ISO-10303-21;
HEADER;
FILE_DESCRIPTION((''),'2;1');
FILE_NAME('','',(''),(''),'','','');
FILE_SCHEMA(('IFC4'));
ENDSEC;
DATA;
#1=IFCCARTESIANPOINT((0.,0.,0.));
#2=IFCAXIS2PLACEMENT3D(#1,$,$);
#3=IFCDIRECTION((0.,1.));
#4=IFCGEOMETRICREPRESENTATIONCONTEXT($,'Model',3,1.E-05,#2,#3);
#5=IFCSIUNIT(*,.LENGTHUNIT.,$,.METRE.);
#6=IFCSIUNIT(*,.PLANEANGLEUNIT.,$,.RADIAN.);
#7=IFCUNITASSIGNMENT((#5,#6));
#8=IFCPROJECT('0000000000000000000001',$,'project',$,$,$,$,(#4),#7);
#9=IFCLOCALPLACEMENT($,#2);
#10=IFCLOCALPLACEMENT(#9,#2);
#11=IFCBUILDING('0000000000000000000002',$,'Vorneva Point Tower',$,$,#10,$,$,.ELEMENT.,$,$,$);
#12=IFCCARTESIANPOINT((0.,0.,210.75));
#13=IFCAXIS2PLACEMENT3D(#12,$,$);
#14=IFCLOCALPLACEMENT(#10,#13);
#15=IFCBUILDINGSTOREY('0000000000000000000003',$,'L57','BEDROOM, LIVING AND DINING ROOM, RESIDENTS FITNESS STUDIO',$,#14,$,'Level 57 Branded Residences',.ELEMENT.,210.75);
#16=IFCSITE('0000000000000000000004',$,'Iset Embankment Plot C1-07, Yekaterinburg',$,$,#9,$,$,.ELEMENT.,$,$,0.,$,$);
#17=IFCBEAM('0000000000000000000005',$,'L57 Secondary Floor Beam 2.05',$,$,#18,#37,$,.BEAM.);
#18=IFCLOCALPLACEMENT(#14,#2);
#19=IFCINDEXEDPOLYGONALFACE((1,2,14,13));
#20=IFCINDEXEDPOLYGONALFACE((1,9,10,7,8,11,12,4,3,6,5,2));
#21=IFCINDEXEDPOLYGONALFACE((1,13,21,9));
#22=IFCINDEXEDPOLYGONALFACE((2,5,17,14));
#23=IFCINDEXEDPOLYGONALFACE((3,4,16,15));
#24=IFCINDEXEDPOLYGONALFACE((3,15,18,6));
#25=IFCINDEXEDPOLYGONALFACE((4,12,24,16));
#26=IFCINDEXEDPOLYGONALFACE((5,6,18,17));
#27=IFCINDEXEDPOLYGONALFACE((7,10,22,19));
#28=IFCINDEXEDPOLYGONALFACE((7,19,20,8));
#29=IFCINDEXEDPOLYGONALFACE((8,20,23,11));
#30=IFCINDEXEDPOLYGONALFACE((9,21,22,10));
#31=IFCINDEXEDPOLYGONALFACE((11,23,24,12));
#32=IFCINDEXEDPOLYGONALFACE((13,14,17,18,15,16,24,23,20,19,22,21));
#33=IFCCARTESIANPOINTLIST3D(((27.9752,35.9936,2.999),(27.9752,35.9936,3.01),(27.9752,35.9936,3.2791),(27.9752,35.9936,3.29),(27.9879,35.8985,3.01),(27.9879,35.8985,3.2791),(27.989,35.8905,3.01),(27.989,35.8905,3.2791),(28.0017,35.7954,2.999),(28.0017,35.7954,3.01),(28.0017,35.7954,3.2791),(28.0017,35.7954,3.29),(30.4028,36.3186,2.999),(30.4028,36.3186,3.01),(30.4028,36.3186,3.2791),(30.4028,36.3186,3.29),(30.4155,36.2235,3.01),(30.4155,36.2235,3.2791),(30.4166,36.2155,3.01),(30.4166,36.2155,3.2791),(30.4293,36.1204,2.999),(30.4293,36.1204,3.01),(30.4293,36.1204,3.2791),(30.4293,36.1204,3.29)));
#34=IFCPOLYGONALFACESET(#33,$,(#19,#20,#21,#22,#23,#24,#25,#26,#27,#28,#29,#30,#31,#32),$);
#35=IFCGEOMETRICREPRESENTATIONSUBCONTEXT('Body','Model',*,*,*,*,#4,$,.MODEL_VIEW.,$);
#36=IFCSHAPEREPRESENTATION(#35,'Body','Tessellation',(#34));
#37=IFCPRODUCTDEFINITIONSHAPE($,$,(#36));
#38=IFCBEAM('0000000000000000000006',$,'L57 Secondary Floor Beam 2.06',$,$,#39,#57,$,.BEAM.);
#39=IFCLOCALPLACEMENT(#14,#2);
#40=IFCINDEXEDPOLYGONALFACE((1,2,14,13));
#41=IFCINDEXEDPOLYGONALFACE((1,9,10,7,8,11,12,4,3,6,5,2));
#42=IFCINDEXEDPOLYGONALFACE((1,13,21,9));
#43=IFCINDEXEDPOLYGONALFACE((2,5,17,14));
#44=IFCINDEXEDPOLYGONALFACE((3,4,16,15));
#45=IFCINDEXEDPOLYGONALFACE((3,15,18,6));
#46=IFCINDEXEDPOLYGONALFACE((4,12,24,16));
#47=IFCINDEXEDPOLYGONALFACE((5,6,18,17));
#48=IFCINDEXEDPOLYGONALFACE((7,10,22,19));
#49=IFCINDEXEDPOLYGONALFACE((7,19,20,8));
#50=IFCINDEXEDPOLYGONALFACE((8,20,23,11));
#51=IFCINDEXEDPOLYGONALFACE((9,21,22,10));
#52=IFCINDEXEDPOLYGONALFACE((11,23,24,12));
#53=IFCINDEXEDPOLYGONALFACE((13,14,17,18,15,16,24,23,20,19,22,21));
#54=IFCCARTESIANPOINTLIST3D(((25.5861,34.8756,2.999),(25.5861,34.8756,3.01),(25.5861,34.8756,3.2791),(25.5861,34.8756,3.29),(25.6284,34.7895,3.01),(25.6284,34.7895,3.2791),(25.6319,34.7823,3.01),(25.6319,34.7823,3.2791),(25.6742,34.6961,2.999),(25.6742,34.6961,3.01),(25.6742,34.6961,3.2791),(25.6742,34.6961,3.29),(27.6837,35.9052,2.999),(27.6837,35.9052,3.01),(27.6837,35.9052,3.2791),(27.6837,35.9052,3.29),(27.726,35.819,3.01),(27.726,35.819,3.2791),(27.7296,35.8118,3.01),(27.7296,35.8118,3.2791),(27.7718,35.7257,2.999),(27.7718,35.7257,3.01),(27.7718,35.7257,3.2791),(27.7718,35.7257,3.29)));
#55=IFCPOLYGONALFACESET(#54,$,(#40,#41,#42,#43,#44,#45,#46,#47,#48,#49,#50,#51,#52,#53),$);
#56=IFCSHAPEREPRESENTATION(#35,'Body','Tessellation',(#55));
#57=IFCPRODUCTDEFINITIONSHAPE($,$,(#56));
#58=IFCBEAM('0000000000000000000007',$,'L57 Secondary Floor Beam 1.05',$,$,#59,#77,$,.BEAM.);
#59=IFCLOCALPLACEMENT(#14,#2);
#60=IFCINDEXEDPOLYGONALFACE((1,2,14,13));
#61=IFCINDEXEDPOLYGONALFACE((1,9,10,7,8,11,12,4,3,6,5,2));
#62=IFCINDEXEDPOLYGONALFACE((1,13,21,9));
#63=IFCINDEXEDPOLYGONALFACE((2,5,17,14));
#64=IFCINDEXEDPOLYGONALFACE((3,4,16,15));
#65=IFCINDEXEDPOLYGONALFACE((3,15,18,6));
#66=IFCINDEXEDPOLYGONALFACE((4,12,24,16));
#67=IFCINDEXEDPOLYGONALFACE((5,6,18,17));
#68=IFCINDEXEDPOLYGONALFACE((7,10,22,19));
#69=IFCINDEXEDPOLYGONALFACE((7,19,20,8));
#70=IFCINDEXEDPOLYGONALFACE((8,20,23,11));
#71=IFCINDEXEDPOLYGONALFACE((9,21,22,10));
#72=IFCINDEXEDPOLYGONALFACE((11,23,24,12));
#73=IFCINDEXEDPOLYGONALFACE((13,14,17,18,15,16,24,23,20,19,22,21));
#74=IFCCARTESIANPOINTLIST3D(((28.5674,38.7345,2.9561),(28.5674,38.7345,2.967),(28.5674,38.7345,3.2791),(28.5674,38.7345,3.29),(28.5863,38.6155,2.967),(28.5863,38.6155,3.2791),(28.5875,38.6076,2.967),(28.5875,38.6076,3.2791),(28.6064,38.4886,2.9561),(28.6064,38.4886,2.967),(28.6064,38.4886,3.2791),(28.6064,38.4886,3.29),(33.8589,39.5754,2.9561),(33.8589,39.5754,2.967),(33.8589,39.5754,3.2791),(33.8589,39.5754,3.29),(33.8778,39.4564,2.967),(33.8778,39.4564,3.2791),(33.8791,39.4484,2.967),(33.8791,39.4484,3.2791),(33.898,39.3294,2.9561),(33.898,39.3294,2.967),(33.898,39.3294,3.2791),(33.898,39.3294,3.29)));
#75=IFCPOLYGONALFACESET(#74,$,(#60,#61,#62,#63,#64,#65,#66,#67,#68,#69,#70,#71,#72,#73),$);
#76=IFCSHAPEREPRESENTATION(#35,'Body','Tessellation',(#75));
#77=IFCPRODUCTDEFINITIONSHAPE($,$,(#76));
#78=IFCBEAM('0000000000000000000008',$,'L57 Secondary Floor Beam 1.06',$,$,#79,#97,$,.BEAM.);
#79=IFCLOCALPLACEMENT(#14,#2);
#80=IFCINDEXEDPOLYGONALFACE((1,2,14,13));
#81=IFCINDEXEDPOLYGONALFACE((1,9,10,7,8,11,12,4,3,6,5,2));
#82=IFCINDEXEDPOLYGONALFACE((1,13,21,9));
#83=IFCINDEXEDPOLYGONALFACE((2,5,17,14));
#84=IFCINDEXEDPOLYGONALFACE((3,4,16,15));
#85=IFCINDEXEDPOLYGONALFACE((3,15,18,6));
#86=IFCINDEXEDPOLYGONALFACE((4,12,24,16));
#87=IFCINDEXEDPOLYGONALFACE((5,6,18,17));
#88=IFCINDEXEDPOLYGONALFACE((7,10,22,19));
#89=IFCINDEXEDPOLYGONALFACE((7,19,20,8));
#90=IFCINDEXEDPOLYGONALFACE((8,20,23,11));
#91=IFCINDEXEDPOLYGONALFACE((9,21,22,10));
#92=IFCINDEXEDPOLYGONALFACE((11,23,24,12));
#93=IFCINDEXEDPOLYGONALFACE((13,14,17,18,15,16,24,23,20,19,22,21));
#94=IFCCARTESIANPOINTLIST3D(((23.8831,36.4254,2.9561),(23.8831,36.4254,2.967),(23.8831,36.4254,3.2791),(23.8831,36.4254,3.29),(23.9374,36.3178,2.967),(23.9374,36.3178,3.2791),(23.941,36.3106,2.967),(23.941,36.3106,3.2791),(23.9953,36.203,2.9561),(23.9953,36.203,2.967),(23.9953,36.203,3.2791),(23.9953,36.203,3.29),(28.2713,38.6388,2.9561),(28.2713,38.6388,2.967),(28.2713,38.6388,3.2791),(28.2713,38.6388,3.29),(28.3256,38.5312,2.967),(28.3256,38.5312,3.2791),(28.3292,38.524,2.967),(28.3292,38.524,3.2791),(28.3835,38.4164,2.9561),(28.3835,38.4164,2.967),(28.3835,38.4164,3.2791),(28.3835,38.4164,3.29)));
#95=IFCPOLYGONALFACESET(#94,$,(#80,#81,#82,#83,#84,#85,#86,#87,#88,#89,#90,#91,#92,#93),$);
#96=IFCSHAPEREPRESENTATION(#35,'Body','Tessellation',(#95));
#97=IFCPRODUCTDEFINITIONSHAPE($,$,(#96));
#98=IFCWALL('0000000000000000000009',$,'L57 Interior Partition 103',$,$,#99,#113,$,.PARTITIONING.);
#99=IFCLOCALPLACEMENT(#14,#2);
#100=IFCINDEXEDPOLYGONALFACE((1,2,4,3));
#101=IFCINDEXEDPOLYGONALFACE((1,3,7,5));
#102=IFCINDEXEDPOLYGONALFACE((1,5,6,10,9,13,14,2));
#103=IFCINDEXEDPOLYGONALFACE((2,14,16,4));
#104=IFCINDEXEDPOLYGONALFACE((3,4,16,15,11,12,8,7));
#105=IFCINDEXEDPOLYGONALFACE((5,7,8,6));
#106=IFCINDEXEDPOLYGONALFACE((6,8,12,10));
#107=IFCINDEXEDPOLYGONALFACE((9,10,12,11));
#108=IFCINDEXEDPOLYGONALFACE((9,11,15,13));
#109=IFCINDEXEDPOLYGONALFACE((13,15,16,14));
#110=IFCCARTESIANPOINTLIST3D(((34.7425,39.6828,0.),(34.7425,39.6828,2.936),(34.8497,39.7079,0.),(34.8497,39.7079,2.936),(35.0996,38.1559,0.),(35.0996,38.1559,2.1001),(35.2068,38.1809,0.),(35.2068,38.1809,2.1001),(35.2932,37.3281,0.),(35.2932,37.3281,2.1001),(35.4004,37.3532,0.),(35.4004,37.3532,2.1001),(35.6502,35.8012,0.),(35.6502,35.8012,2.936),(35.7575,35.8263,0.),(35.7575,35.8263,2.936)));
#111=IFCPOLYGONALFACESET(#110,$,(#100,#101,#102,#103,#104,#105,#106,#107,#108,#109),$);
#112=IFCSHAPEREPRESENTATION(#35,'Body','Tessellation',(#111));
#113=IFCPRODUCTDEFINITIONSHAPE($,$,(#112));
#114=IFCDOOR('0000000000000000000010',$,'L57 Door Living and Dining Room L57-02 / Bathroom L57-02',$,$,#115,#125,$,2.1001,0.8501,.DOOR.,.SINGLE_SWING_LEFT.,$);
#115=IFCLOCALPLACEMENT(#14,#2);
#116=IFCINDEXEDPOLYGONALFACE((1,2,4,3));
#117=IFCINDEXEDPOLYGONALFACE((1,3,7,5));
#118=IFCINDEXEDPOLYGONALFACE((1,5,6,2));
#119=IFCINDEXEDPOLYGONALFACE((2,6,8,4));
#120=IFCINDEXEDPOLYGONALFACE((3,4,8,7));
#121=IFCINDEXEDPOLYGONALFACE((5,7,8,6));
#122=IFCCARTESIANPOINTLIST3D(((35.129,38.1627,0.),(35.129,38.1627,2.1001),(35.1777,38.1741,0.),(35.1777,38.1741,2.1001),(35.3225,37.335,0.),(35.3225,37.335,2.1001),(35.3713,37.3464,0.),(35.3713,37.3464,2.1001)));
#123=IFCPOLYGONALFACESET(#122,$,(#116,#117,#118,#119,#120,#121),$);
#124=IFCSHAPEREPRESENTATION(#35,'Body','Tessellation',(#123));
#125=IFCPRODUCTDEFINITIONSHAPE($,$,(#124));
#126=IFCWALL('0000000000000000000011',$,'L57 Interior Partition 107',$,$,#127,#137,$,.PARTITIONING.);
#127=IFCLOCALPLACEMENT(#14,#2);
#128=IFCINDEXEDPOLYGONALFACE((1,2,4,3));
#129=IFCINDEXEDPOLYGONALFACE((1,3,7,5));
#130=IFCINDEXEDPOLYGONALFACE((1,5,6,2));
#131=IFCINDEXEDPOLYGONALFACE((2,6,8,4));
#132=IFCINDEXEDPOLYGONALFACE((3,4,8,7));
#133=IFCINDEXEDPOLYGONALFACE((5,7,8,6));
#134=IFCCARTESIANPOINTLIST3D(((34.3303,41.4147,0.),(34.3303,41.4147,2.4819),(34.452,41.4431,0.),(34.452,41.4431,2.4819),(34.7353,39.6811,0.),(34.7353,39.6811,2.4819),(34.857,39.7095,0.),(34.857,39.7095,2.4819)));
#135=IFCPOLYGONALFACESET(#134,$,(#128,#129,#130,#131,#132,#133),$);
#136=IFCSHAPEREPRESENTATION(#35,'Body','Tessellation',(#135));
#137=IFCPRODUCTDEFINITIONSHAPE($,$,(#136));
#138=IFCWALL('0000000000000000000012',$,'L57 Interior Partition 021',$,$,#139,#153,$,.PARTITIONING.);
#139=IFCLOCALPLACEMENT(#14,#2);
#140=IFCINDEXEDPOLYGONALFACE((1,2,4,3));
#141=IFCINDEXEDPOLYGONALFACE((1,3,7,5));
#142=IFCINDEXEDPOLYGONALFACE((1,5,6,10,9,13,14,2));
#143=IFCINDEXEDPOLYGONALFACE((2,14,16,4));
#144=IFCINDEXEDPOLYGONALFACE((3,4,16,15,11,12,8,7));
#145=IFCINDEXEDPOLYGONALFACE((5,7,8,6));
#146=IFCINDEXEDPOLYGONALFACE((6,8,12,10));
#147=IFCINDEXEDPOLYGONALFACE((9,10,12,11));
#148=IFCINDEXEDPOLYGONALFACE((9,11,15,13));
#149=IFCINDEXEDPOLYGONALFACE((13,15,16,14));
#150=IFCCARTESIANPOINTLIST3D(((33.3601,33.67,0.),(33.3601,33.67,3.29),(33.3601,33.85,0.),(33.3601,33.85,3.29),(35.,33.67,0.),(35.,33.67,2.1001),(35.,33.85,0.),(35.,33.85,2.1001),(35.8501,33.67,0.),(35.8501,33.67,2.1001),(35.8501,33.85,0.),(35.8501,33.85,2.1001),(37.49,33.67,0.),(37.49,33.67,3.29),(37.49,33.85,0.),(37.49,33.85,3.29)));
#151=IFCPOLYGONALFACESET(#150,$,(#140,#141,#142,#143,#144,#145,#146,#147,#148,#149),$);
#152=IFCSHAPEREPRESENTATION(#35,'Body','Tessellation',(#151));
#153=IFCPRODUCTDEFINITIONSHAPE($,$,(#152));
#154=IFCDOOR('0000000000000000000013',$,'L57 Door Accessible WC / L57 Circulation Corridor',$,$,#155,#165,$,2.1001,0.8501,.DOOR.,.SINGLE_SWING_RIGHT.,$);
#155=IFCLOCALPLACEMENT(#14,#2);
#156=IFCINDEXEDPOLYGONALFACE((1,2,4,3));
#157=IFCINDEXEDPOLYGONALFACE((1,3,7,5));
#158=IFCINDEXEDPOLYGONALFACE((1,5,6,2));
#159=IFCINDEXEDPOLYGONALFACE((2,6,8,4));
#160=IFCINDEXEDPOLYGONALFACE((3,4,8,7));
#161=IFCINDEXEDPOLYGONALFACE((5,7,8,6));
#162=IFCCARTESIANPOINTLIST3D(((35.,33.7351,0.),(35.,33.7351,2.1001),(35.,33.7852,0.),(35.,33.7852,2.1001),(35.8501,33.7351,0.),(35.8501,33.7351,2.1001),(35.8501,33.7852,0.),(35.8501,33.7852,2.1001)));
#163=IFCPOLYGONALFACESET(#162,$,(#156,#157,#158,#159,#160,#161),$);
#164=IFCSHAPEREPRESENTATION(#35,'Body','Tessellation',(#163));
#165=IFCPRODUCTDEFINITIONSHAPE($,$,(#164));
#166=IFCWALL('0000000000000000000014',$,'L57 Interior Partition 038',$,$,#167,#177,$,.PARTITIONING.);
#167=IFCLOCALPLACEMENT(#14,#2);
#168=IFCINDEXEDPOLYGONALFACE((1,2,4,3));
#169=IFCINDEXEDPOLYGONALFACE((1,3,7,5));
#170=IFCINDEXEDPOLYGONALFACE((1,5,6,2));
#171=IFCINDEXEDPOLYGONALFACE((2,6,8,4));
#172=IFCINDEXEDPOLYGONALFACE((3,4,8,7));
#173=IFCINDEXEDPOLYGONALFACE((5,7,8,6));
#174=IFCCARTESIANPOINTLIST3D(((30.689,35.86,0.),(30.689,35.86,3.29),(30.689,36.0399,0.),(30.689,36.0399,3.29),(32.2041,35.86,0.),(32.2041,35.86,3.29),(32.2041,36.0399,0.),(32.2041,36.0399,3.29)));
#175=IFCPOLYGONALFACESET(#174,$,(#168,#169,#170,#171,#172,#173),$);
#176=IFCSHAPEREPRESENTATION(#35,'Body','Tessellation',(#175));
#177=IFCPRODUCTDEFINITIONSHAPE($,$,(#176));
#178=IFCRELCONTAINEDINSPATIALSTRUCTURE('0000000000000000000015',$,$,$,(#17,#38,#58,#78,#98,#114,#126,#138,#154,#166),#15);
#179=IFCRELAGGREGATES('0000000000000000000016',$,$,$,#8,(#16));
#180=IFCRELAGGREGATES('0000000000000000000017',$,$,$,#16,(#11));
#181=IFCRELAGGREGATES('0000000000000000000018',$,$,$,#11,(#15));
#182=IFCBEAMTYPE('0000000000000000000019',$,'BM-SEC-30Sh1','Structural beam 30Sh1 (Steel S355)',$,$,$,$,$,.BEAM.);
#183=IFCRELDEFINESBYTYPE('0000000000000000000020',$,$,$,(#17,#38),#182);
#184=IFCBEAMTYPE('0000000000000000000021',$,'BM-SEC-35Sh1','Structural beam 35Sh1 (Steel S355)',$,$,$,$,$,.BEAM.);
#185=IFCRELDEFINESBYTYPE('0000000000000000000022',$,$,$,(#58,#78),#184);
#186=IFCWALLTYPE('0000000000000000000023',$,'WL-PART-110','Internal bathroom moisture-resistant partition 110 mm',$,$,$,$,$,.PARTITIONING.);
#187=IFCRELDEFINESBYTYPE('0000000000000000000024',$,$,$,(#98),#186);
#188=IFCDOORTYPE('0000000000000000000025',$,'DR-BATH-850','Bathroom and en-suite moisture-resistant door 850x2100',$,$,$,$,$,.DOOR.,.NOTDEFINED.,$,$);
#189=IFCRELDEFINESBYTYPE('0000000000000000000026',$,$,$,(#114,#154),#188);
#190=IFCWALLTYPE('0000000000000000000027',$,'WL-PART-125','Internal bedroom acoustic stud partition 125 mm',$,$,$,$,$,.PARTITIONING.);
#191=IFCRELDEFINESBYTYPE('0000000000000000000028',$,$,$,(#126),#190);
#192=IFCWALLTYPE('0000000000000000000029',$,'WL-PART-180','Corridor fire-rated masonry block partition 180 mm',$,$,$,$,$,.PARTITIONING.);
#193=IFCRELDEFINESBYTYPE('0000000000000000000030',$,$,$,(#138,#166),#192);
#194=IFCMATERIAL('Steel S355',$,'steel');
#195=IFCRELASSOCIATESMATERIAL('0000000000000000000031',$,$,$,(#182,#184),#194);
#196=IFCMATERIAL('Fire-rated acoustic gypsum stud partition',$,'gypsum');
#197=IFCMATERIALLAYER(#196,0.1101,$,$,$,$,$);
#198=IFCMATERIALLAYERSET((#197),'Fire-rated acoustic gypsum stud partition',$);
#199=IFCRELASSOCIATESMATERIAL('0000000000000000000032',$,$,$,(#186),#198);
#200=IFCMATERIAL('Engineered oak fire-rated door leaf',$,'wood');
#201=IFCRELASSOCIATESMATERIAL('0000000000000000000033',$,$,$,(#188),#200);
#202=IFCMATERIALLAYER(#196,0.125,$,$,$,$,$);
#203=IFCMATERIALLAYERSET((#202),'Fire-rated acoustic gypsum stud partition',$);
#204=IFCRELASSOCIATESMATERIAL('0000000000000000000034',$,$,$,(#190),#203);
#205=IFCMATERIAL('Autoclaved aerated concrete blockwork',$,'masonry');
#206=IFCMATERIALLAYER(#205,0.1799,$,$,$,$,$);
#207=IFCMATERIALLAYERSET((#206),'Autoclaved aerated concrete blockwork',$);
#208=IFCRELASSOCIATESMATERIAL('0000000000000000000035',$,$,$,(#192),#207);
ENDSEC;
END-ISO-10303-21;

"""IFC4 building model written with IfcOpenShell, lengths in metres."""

from ifc_helpers import new_model, si_unit, direction, frame, frame_2d, origin, origin_2d, place, context, subcontext, project, spatial, rectangle, i_section, extrude, material, layer, layer_set, material_profile, profile_set, type_object, element, fill, save


model = new_model("IFC4")

# Units and contexts
model_context = context("Model", 3, precision=1e-05, world=origin(), true_north=direction((0.0, 1.0)))
body_context = subcontext(model_context, "Body", "Model", "MODEL_VIEW")
ifc_project = project(units=[si_unit("LENGTHUNIT", "METRE"), si_unit("PLANEANGLEUNIT", "RADIAN")], contexts=[model_context])

# Site, building, storey
site_placement = place(None, origin())
site = spatial("IfcSite", under=ifc_project, at=site_placement, Name="Iset Embankment Plot C1-07, Yekaterinburg", CompositionType="ELEMENT", RefElevation=0.0)
building_placement = place(site_placement, origin())
building = spatial("IfcBuilding", under=site, at=building_placement, Name="Vorneva Point Tower", CompositionType="ELEMENT")
storey_placement = place(building_placement, frame((0.0, 0.0, 210.75)))
storey = spatial("IfcBuildingStorey", under=building, at=storey_placement, Name="L57", Description="BEDROOM, LIVING AND DINING ROOM, RESIDENTS FITNESS STUDIO", LongName="Level 57 Branded Residences", CompositionType="ELEMENT", Elevation=210.75)

# Beams
ifc_material_1 = material(Name="Steel S355", Category="steel")
ifc_material_profile_1 = material_profile(ifc_material_1, i_section(OverallWidth=0.2, OverallDepth=0.291, WebThickness=0.0081, FlangeThickness=0.011, at=origin_2d()), Name="30Sh1")
ifc_profile_set_1 = profile_set([ifc_material_profile_1], Name="Steel S355")
beam_type_1 = type_object("IfcBeamType", Name="BM-SEC-30Sh1", Description="Structural beam 30Sh1 (Steel S355)", PredefinedType="BEAM", material=ifc_profile_set_1)
beam_1_placement = place(storey_placement, frame((30.416, 36.2195, 3.1445), z_axis=(-0.991159, -0.13268, 0.0), x_axis=(0.13268, -0.991159, 0.0)))
element("IfcBeam", 1, at=beam_1_placement, inside=storey, type_object=beam_type_1, Name="L57 Secondary Floor Beam 2.05", PredefinedType="BEAM", context=body_context, shape_type="SweptSolid", body=[
    extrude(i_section(OverallWidth=0.2, OverallDepth=0.291, WebThickness=0.0081, FlangeThickness=0.011, at=origin_2d()), origin(), (0.0, 0.0, 1.0), 2.4492),
])
beam_2_placement = place(storey_placement, frame((27.7278, 35.8154, 3.1445), z_axis=(-0.897704, -0.440598, 0.0), x_axis=(0.440598, -0.897704, 0.0)))
element("IfcBeam", 2, at=beam_2_placement, inside=storey, type_object=beam_type_1, Name="L57 Secondary Floor Beam 2.06", PredefinedType="BEAM", context=body_context, shape_type="SweptSolid", body=[
    extrude(i_section(OverallWidth=0.2, OverallDepth=0.291, WebThickness=0.0081, FlangeThickness=0.011, at=origin_2d()), origin(), (0.0, 0.0, 1.0), 2.3367),
])
ifc_material_profile_2 = material_profile(ifc_material_1, i_section(OverallWidth=0.249, OverallDepth=0.334, WebThickness=0.0081, FlangeThickness=0.011, at=origin_2d()), Name="35Sh1")
ifc_profile_set_2 = profile_set([ifc_material_profile_2], Name="Steel S355")
beam_type_2 = type_object("IfcBeamType", Name="BM-SEC-35Sh1", Description="Structural beam 35Sh1 (Steel S355)", PredefinedType="BEAM", material=ifc_profile_set_2)
beam_3_placement = place(storey_placement, frame((33.8784, 39.4524, 3.123), z_axis=(-0.98761, -0.156931, 0.0), x_axis=(0.156931, -0.98761, 0.0)))
element("IfcBeam", 3, at=beam_3_placement, inside=storey, type_object=beam_type_2, Name="L57 Secondary Floor Beam 1.05", PredefinedType="BEAM", context=body_context, shape_type="SweptSolid", body=[
    extrude(i_section(OverallWidth=0.249, OverallDepth=0.334, WebThickness=0.0081, FlangeThickness=0.011, at=origin_2d()), origin(), (0.0, 0.0, 1.0), 5.3579),
])
beam_4_placement = place(storey_placement, frame((28.3274, 38.5276, 3.123), z_axis=(-0.892852, -0.45035, 0.0), x_axis=(0.45035, -0.892852, 0.0)))
element("IfcBeam", 4, at=beam_4_placement, inside=storey, type_object=beam_type_2, Name="L57 Secondary Floor Beam 1.06", PredefinedType="BEAM", context=body_context, shape_type="SweptSolid", body=[
    extrude(i_section(OverallWidth=0.249, OverallDepth=0.334, WebThickness=0.0081, FlangeThickness=0.011, at=origin_2d()), origin(), (0.0, 0.0, 1.0), 4.9148),
])

# Wall, opening, door
ifc_material_2 = material(Name="Fire-rated acoustic gypsum stud partition", Category="gypsum")
ifc_layer_1 = layer(ifc_material_2, 0.1101)
ifc_layer_set_1 = layer_set([ifc_layer_1], Name="Fire-rated acoustic gypsum stud partition")
wall_type_1 = type_object("IfcWallType", Name="WL-PART-110", Description="Internal bathroom moisture-resistant partition 110 mm", PredefinedType="PARTITIONING", material=ifc_layer_set_1)
wall_1_placement = place(storey_placement, frame((35.7039, 35.8137, 0.0), z_axis=(0.0, 0.0, 1.0), x_axis=(-0.227708, 0.97373, 0.0)))
wall_1 = element("IfcWall", 5, at=wall_1_placement, inside=storey, type_object=wall_type_1, Name="L57 Interior Partition 103", PredefinedType="PARTITIONING", context=body_context, shape_type="SweptSolid", body=[
    extrude(rectangle(XDim=3.9863, YDim=0.1101, at=frame_2d((1.9932, 0.0))), origin(), (0.0, 0.0, 1.0), 2.936),
])
opening_1_placement = place(wall_1_placement, frame((1.5681, 0.0, 0.0)))
opening_1 = element("IfcOpeningElement", 6, at=opening_1_placement, cuts=wall_1, PredefinedType="OPENING", context=body_context, shape_type="SweptSolid", body=[
    extrude(rectangle(XDim=0.8501, YDim=2.1001, at=frame_2d((0.425, 1.05))), frame((0.0, 0.0698, 0.0), z_axis=(0.0, -1.0, 0.0), x_axis=(1.0, 0.0, 0.0)), (0.0, 0.0, 1.0), 0.1399),
])
ifc_material_3 = material(Name="Engineered oak fire-rated door leaf", Category="wood")
door_type_1 = type_object("IfcDoorType", Name="DR-BATH-850", Description="Bathroom and en-suite moisture-resistant door 850x2100", OperationType="NOTDEFINED", PredefinedType="DOOR", material=ifc_material_3)
door_1_placement = place(opening_1_placement, origin())
door_1 = element("IfcDoor", 7, at=door_1_placement, inside=storey, type_object=door_type_1, Name="L57 Door Living and Dining Room L57-02 / Bathroom L57-02", OperationType="SINGLE_SWING_LEFT", OverallHeight=2.1001, OverallWidth=0.8501, PredefinedType="DOOR", context=body_context, shape_type="SweptSolid", body=[
    extrude(rectangle(XDim=0.8501, YDim=2.1001, at=frame_2d((0.425, 1.05))), frame((0.0, 0.0249, 0.0), z_axis=(0.0, -1.0, 0.0), x_axis=(1.0, 0.0, 0.0)), (0.0, 0.0, 1.0), 0.05),
])
fill(opening_1, door_1)

# Wall
ifc_layer_2 = layer(ifc_material_2, 0.125)
ifc_layer_set_2 = layer_set([ifc_layer_2], Name="Fire-rated acoustic gypsum stud partition")
wall_type_2 = type_object("IfcWallType", Name="WL-PART-125", Description="Internal bedroom acoustic stud partition 125 mm", PredefinedType="PARTITIONING", material=ifc_layer_set_2)
wall_2_placement = place(storey_placement, frame((34.7961, 39.6953, 0.0), z_axis=(0.0, 0.0, 1.0), x_axis=(-0.227503, 0.973777, 0.0)))
element("IfcWall", 8, at=wall_2_placement, inside=storey, type_object=wall_type_2, Name="L57 Interior Partition 107", PredefinedType="PARTITIONING", context=body_context, shape_type="SweptSolid", body=[
    extrude(rectangle(XDim=1.7803, YDim=0.125, at=frame_2d((0.8901, 0.0))), origin(), (0.0, 0.0, 1.0), 2.4819),
])

# Wall, opening, door
ifc_material_4 = material(Name="Autoclaved aerated concrete blockwork", Category="masonry")
ifc_layer_3 = layer(ifc_material_4, 0.1799)
ifc_layer_set_3 = layer_set([ifc_layer_3], Name="Autoclaved aerated concrete blockwork")
wall_type_3 = type_object("IfcWallType", Name="WL-PART-180", Description="Corridor fire-rated masonry block partition 180 mm", PredefinedType="PARTITIONING", material=ifc_layer_set_3)
wall_3_placement = place(storey_placement, frame((37.49, 33.76, 0.0), z_axis=(0.0, 0.0, 1.0), x_axis=(-1.0, 0.0, 0.0)))
wall_3 = element("IfcWall", 9, at=wall_3_placement, inside=storey, type_object=wall_type_3, Name="L57 Interior Partition 021", PredefinedType="PARTITIONING", context=body_context, shape_type="SweptSolid", body=[
    extrude(rectangle(XDim=4.1299, YDim=0.1799, at=frame_2d((2.0649, 0.0))), origin(), (0.0, 0.0, 1.0), 3.29),
])
opening_2_placement = place(wall_3_placement, frame((1.6399, 0.0, 0.0)))
opening_2 = element("IfcOpeningElement", 10, at=opening_2_placement, cuts=wall_3, PredefinedType="OPENING", context=body_context, shape_type="SweptSolid", body=[
    extrude(rectangle(XDim=0.8501, YDim=2.1001, at=frame_2d((0.425, 1.05))), frame((0.0, 0.105, 0.0), z_axis=(0.0, -1.0, 0.0), x_axis=(1.0, 0.0, 0.0)), (0.0, 0.0, 1.0), 0.2097),
])
door_2_placement = place(opening_2_placement, origin())
door_2 = element("IfcDoor", 11, at=door_2_placement, inside=storey, type_object=door_type_1, Name="L57 Door Accessible WC / L57 Circulation Corridor", OperationType="SINGLE_SWING_RIGHT", OverallHeight=2.1001, OverallWidth=0.8501, PredefinedType="DOOR", context=body_context, shape_type="SweptSolid", body=[
    extrude(rectangle(XDim=0.8501, YDim=2.1001, at=frame_2d((0.425, 1.05))), frame((0.0, 0.0249, 0.0), z_axis=(0.0, -1.0, 0.0), x_axis=(1.0, 0.0, 0.0)), (0.0, 0.0, 1.0), 0.05),
])
fill(opening_2, door_2)

# Wall
wall_4_placement = place(storey_placement, frame((32.2041, 35.95, 0.0), z_axis=(0.0, 0.0, 1.0), x_axis=(-1.0, 0.0, 0.0)))
element("IfcWall", 12, at=wall_4_placement, inside=storey, type_object=wall_type_3, Name="L57 Interior Partition 038", PredefinedType="PARTITIONING", context=body_context, shape_type="SweptSolid", body=[
    extrude(rectangle(XDim=1.5151, YDim=0.1799, at=frame_2d((0.7576, 0.0))), origin(), (0.0, 0.0, 1.0), 3.29),
])

save(model, "model.ifc")
